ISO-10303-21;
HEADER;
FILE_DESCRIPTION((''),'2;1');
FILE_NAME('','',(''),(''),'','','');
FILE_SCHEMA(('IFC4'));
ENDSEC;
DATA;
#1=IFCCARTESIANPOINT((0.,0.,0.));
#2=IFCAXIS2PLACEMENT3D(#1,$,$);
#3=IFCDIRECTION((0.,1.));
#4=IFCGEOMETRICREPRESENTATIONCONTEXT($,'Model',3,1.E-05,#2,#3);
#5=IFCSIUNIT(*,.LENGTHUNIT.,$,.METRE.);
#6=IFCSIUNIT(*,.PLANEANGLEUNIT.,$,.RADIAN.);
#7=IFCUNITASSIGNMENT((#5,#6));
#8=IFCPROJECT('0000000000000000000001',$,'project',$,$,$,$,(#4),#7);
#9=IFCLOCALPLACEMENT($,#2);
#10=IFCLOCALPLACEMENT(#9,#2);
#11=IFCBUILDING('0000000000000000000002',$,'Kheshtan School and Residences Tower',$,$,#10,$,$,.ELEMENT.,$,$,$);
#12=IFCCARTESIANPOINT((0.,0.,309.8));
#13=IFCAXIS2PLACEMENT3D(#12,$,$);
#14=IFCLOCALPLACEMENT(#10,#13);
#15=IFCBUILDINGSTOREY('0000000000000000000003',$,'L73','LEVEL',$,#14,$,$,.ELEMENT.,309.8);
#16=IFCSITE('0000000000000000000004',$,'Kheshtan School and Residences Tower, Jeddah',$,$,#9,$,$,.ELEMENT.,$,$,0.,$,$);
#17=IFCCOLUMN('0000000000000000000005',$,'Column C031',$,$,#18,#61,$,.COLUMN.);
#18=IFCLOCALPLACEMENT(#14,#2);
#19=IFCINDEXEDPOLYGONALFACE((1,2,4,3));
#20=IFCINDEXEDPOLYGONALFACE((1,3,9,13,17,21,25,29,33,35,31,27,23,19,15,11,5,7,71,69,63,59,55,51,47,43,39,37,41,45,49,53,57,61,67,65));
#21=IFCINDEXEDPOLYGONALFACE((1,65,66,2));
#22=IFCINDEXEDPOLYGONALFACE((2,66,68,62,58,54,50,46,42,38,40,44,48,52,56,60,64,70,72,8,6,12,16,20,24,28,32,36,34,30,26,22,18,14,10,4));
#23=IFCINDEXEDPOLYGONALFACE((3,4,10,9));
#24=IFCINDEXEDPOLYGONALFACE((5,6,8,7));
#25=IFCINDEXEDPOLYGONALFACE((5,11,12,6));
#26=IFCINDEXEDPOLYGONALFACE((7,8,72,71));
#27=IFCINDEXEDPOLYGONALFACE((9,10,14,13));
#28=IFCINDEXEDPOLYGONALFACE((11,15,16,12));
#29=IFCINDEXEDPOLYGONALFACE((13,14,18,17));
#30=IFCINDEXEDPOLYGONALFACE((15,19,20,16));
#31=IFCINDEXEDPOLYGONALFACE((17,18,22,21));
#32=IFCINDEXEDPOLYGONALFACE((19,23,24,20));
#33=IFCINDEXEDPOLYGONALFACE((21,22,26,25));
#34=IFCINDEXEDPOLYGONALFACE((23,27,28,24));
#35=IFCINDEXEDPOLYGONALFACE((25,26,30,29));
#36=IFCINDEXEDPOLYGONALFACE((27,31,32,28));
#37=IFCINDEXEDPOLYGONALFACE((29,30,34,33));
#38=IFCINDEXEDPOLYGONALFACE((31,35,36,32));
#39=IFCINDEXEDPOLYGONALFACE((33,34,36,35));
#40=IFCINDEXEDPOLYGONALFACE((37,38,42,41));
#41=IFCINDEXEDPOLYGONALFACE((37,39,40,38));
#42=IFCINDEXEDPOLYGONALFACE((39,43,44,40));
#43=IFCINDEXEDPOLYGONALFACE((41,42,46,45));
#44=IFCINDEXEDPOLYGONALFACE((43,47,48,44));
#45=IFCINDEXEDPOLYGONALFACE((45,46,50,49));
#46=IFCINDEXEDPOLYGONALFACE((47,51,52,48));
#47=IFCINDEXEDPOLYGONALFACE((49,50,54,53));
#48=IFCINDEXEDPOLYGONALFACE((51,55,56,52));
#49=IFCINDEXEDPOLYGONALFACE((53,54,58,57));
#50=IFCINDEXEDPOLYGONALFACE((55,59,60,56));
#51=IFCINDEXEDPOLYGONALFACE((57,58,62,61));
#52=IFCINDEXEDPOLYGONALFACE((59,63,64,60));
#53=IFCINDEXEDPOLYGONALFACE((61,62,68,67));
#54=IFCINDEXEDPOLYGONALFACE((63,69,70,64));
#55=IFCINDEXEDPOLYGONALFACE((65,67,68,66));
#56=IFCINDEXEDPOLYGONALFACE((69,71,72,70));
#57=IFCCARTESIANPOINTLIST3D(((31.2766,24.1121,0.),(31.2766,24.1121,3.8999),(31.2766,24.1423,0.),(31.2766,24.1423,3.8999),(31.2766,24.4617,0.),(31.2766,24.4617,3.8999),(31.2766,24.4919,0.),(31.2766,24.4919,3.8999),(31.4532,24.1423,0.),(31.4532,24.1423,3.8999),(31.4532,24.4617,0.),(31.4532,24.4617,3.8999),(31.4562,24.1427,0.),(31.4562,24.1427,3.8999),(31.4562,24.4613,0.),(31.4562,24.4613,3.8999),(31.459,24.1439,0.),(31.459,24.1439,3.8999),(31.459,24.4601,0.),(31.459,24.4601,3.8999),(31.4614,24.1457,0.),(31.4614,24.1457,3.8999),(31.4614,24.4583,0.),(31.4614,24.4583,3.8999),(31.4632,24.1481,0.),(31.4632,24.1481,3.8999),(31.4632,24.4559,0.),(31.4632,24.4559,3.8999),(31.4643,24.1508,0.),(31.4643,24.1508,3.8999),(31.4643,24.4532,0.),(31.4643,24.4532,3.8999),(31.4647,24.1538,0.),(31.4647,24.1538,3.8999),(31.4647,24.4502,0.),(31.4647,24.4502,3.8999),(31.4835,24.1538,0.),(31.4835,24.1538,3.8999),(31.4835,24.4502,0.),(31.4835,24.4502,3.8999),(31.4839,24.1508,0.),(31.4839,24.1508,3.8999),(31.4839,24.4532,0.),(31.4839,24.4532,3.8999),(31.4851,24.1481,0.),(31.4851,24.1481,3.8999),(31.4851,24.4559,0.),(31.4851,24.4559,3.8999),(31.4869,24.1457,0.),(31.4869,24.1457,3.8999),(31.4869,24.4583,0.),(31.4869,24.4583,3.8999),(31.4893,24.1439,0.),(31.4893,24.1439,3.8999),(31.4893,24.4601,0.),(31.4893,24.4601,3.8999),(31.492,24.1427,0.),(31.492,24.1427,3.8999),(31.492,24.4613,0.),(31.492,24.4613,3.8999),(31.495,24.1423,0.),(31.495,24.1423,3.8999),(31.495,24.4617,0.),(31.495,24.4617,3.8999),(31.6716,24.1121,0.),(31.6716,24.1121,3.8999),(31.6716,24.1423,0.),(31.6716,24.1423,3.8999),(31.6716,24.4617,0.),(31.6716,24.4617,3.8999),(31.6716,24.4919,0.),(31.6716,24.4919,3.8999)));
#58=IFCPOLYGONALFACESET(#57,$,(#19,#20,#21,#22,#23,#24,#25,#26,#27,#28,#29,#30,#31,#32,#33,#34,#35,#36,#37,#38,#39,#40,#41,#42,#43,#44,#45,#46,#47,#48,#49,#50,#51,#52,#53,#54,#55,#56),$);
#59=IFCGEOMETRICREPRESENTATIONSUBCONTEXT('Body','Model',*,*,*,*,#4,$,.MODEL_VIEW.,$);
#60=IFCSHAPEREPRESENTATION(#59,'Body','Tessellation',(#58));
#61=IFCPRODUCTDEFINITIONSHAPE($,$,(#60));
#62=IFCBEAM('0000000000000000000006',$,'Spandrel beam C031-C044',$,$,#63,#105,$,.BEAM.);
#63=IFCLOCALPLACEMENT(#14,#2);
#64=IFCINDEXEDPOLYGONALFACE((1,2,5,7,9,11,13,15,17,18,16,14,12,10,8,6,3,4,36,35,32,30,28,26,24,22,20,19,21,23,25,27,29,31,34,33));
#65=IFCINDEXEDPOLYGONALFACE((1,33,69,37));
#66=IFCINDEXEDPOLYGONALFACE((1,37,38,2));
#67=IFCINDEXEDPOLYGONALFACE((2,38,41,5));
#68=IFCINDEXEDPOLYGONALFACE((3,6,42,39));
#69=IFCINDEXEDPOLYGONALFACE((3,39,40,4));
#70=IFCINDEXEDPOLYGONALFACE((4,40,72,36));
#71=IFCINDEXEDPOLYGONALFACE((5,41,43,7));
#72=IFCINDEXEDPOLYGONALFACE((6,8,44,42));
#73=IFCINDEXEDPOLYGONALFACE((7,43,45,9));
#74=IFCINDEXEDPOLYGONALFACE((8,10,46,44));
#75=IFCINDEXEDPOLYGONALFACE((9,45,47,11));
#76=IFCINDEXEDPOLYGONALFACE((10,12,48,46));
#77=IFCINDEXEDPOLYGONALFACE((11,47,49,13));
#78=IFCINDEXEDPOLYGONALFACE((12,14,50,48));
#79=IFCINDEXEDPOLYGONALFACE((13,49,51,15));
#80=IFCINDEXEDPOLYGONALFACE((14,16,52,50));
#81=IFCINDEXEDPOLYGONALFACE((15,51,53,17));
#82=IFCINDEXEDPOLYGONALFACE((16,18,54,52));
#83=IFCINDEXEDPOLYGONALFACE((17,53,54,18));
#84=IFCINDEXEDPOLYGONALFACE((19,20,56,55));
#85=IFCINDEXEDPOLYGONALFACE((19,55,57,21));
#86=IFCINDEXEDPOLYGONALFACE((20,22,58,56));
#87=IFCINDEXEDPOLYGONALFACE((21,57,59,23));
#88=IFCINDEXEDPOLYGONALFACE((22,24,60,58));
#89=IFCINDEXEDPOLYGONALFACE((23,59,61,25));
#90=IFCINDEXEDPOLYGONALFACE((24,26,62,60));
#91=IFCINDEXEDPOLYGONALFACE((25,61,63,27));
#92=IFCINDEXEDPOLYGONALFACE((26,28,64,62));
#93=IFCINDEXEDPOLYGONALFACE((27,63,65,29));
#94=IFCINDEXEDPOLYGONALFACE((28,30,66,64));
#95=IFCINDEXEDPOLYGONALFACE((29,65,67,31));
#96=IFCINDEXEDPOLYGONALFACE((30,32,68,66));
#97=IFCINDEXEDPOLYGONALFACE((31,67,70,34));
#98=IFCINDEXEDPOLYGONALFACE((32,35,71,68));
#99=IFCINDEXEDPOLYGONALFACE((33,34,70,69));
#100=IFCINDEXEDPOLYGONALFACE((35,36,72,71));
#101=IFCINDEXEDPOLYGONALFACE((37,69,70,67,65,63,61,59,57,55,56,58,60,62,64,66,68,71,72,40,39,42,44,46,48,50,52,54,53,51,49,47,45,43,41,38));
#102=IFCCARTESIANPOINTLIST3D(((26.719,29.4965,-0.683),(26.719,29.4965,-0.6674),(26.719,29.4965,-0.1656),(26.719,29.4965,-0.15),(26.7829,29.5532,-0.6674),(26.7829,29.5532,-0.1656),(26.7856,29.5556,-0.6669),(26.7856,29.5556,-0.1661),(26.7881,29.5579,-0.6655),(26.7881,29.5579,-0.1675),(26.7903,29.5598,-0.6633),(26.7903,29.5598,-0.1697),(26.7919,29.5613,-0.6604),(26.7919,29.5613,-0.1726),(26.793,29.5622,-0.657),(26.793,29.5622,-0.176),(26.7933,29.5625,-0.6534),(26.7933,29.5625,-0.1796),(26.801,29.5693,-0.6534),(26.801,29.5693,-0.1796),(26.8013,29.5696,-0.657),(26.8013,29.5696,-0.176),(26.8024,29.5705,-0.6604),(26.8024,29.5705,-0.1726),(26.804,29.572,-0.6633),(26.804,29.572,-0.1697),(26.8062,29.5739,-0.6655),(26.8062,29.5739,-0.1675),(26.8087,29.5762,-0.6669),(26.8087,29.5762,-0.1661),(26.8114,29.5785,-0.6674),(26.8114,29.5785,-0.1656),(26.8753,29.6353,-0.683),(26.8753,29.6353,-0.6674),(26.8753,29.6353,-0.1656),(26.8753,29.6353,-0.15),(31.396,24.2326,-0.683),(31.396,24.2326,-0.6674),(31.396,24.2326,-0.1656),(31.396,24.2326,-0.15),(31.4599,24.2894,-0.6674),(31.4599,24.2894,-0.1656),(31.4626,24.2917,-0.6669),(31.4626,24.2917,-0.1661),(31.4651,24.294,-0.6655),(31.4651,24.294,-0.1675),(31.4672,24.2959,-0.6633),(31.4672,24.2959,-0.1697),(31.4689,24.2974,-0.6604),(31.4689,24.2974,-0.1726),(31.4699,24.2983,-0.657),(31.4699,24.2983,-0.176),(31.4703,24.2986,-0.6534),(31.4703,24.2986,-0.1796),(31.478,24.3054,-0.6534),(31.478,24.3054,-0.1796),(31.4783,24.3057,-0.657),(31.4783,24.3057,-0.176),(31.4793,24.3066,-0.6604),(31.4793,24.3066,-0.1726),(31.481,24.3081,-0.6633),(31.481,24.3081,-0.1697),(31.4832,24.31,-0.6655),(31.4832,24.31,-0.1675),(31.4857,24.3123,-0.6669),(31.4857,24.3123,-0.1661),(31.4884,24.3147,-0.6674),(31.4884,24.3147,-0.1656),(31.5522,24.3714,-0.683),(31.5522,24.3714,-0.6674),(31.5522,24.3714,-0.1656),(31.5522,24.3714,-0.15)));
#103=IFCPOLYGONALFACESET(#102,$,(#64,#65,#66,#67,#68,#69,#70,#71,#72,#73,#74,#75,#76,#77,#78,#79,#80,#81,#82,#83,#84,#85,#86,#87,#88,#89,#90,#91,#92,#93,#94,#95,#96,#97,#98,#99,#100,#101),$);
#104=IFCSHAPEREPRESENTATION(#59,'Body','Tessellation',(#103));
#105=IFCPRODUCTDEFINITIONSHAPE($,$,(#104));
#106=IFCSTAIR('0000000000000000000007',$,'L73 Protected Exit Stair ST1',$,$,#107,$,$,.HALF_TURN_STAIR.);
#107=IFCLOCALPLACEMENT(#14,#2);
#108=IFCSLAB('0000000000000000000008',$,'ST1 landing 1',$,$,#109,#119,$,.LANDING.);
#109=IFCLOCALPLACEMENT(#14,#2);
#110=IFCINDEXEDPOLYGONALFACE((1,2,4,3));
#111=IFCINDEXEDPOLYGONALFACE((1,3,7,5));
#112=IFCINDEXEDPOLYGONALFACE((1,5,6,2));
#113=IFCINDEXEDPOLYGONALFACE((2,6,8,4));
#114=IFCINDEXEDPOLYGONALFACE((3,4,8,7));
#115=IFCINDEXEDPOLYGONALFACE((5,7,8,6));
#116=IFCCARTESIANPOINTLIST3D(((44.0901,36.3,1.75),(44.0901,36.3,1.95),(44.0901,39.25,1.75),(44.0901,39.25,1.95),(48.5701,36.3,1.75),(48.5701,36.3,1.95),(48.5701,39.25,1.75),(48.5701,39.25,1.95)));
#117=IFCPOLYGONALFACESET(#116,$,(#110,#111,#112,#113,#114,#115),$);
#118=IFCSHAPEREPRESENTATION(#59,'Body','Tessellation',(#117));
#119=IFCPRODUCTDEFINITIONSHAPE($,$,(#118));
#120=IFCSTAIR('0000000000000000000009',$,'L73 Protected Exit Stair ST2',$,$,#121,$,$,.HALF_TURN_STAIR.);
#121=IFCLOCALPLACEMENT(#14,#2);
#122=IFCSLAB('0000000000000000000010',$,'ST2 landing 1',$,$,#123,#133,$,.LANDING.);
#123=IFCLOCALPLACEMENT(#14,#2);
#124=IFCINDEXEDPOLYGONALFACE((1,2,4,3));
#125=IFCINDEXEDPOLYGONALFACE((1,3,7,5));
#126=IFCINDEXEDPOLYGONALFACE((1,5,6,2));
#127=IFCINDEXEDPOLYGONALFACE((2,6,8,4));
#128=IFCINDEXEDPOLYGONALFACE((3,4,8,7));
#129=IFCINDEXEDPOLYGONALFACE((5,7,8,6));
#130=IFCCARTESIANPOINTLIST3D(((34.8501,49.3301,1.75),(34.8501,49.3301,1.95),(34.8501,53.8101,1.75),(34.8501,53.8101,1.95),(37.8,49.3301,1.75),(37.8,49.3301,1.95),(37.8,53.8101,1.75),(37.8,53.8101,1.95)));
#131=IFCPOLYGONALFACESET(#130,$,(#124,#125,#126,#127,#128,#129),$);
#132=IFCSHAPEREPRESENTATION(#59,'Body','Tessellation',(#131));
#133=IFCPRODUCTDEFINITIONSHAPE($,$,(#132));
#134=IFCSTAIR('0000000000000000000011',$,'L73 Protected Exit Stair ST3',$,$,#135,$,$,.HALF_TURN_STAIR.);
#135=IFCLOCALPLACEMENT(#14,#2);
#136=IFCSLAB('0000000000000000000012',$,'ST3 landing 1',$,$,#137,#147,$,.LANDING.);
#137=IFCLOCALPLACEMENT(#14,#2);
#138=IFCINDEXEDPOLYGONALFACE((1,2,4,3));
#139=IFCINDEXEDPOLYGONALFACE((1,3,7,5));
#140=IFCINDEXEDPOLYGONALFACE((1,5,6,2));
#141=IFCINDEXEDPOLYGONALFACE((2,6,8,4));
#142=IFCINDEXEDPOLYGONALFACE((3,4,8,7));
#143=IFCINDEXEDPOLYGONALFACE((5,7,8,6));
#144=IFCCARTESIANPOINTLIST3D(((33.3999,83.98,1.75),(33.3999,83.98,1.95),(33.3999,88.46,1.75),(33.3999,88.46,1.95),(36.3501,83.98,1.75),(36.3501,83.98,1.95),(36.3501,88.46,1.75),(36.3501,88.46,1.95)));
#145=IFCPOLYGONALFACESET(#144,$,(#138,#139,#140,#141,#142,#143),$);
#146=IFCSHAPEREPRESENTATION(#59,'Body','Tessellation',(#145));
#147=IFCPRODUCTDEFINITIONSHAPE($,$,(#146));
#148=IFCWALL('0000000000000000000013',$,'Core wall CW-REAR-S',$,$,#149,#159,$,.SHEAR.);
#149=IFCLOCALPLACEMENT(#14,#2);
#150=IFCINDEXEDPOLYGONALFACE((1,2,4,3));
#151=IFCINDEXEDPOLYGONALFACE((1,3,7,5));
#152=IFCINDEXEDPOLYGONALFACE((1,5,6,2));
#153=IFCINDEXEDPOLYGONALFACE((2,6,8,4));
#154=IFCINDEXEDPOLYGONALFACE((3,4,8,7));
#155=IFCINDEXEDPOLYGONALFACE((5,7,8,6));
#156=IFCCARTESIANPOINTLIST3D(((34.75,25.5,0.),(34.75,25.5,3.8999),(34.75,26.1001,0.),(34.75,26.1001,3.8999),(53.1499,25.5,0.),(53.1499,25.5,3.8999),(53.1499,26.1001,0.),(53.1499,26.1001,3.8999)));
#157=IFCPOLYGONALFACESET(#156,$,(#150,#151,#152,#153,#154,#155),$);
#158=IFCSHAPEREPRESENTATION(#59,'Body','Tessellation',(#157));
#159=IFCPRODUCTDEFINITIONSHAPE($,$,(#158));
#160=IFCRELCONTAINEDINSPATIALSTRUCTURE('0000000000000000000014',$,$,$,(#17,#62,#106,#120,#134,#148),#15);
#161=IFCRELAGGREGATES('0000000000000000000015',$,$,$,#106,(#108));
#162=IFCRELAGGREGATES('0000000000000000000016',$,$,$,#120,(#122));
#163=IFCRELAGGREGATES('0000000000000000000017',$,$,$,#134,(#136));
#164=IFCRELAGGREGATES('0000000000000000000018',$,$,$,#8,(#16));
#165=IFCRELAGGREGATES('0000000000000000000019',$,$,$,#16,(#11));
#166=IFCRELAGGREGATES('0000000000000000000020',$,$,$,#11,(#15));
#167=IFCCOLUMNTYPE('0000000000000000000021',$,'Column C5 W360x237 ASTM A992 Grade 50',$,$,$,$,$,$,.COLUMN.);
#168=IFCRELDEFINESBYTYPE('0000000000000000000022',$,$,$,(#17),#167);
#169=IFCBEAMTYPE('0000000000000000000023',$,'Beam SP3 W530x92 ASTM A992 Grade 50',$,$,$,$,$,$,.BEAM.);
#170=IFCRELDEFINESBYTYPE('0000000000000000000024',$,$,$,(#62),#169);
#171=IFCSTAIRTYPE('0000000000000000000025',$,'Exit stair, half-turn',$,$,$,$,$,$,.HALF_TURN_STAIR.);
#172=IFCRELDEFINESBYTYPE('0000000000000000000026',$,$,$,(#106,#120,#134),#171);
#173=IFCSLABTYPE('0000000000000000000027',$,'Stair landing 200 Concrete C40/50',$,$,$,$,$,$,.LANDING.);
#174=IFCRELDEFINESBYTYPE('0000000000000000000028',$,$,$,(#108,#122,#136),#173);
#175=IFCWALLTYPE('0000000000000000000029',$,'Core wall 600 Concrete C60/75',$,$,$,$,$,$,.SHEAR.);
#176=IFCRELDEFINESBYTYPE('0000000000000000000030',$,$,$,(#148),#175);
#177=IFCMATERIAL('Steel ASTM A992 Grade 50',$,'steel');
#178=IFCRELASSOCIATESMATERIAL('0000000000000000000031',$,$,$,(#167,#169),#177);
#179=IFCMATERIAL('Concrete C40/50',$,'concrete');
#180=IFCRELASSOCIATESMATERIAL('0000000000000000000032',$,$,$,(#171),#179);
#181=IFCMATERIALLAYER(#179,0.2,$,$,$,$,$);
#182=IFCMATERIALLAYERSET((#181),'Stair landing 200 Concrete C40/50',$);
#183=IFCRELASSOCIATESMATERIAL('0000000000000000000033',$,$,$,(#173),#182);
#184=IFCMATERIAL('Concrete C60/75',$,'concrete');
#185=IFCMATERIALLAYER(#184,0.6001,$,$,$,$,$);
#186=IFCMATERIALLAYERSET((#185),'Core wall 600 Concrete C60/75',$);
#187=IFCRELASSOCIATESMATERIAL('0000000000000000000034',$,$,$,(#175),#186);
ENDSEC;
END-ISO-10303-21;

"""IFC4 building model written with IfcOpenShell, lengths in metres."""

from ifc_helpers import new_model, si_unit, direction, frame, frame_2d, origin, origin_2d, place, context, subcontext, project, spatial, polyline, rectangle, i_section, outline, extrude, material, layer, layer_set, material_profile, profile_set, type_object, element, aggregate, save


model = new_model("IFC4")

# Units and contexts
model_context = context("Model", 3, precision=1e-05, world=origin(), true_north=direction((0.0, 1.0)))
body_context = subcontext(model_context, "Body", "Model", "MODEL_VIEW")
ifc_project = project(units=[si_unit("LENGTHUNIT", "METRE"), si_unit("PLANEANGLEUNIT", "RADIAN")], contexts=[model_context])

# Site, building, storey
site_placement = place(None, origin())
site = spatial("IfcSite", under=ifc_project, at=site_placement, Name="Kheshtan School and Residences Tower, Jeddah", CompositionType="ELEMENT", RefElevation=0.0)
building_placement = place(site_placement, origin())
building = spatial("IfcBuilding", under=site, at=building_placement, Name="Kheshtan School and Residences Tower", CompositionType="ELEMENT")
storey_placement = place(building_placement, frame((0.0, 0.0, 309.8)))
storey = spatial("IfcBuildingStorey", under=building, at=storey_placement, Name="L73", Description="LEVEL", CompositionType="ELEMENT", Elevation=309.8)

# Column
ifc_material_1 = material(Name="Steel ASTM A992 Grade 50", Category="steel")
ifc_material_profile_1 = material_profile(ifc_material_1, i_section(OverallWidth=0.395, OverallDepth=0.3799, WebThickness=0.0188, FlangeThickness=0.0303, FilletRadius=0.0115, at=origin_2d()), Name="W360x237")
ifc_profile_set_1 = profile_set([ifc_material_profile_1], Name="Steel ASTM A992 Grade 50")
column_type = type_object("IfcColumnType", Name="Column C5 W360x237 ASTM A992 Grade 50", PredefinedType="COLUMN", material=ifc_profile_set_1)
column_placement = place(storey_placement, frame((31.4741, 24.302, 0.0), z_axis=(0.0, 0.0, 1.0), x_axis=(1.0, 0.0, 0.0)))
element("IfcColumn", 1, at=column_placement, inside=storey, type_object=column_type, Name="Column C031", PredefinedType="COLUMN", context=body_context, shape_type="SweptSolid", body=[
    extrude(i_section(OverallWidth=0.395, OverallDepth=0.3799, WebThickness=0.0188, FlangeThickness=0.0303, FilletRadius=0.0115, at=origin_2d()), origin(), (0.0, 0.0, 1.0), 3.8999),
])

# Beam
ifc_material_profile_2 = material_profile(ifc_material_1, i_section(OverallWidth=0.209, OverallDepth=0.533, WebThickness=0.0103, FlangeThickness=0.0156, FilletRadius=0.0139, at=origin_2d()), Name="W530x92")
ifc_profile_set_2 = profile_set([ifc_material_profile_2], Name="Steel ASTM A992 Grade 50")
beam_type = type_object("IfcBeamType", Name="Beam SP3 W530x92 ASTM A992 Grade 50", PredefinedType="BEAM", material=ifc_profile_set_2)
beam_placement = place(storey_placement, frame((31.4741, 24.302, -0.4165), z_axis=(-0.664202, 0.747553, 0.0), x_axis=(-0.747553, -0.664202, 0.0)))
element("IfcBeam", 2, at=beam_placement, inside=storey, type_object=beam_type, Name="Spandrel beam C031-C044", PredefinedType="BEAM", context=body_context, shape_type="SweptSolid", body=[
    extrude(i_section(OverallWidth=0.209, OverallDepth=0.533, WebThickness=0.0103, FlangeThickness=0.0156, FilletRadius=0.0139, at=origin_2d()), origin(), (0.0, 0.0, 1.0), 7.0415),
])

# Shared definitions
ifc_material_2 = material(Name="Concrete C40/50", Category="concrete")

# Stairs, slabs
stair_type = type_object("IfcStairType", Name="Exit stair, half-turn", PredefinedType="HALF_TURN_STAIR", material=ifc_material_2)
stair_1_placement = place(storey_placement, origin())
stair_1 = element("IfcStair", 3, at=stair_1_placement, inside=storey, type_object=stair_type, Name="L73 Protected Exit Stair ST1", PredefinedType="HALF_TURN_STAIR")
ifc_layer_1 = layer(ifc_material_2, 0.2)
ifc_layer_set_1 = layer_set([ifc_layer_1], Name="Stair landing 200 Concrete C40/50")
slab_type_1 = type_object("IfcSlabType", Name="Stair landing 200 Concrete C40/50", PredefinedType="LANDING", material=ifc_layer_set_1)
slab_1_placement = place(storey_placement, frame((0.0, 0.0, 1.75)))
slab_1 = element("IfcSlab", 4, at=slab_1_placement, type_object=slab_type_1, Name="ST1 landing 1", PredefinedType="LANDING", context=body_context, shape_type="SweptSolid", body=[
    extrude(outline(polyline([(48.5701, 39.25), (44.0901, 39.25), (44.0901, 36.3), (48.5701, 36.3), (48.5701, 39.25)])), origin(), (0.0, 0.0, 1.0), 0.2),
])
aggregate(stair_1, [slab_1])
stair_2_placement = place(storey_placement, origin())
stair_2 = element("IfcStair", 5, at=stair_2_placement, inside=storey, type_object=stair_type, Name="L73 Protected Exit Stair ST2", PredefinedType="HALF_TURN_STAIR")
slab_2_placement = place(storey_placement, frame((0.0, 0.0, 1.75)))
slab_2 = element("IfcSlab", 6, at=slab_2_placement, type_object=slab_type_1, Name="ST2 landing 1", PredefinedType="LANDING", context=body_context, shape_type="SweptSolid", body=[
    extrude(outline(polyline([(37.8, 49.3301), (37.8, 53.8101), (34.8501, 53.8101), (34.8501, 49.3301), (37.8, 49.3301)])), origin(), (0.0, 0.0, 1.0), 0.2),
])
aggregate(stair_2, [slab_2])
stair_3_placement = place(storey_placement, origin())
stair_3 = element("IfcStair", 7, at=stair_3_placement, inside=storey, type_object=stair_type, Name="L73 Protected Exit Stair ST3", PredefinedType="HALF_TURN_STAIR")
slab_3_placement = place(storey_placement, frame((0.0, 0.0, 1.75)))
slab_3 = element("IfcSlab", 8, at=slab_3_placement, type_object=slab_type_1, Name="ST3 landing 1", PredefinedType="LANDING", context=body_context, shape_type="SweptSolid", body=[
    extrude(outline(polyline([(36.3501, 83.98), (36.3501, 88.46), (33.3999, 88.46), (33.3999, 83.98), (36.3501, 83.98)])), origin(), (0.0, 0.0, 1.0), 0.2),
])
aggregate(stair_3, [slab_3])

# Wall
ifc_material_3 = material(Name="Concrete C60/75", Category="concrete")
ifc_layer_2 = layer(ifc_material_3, 0.6001)
ifc_layer_set_2 = layer_set([ifc_layer_2], Name="Core wall 600 Concrete C60/75")
wall_type_1 = type_object("IfcWallType", Name="Core wall 600 Concrete C60/75", PredefinedType="SHEAR", material=ifc_layer_set_2)
wall_1_placement = place(storey_placement, frame((34.75, 25.8, 0.0), z_axis=(0.0, 0.0, 1.0), x_axis=(1.0, 0.0, 0.0)))
element("IfcWall", 9, at=wall_1_placement, inside=storey, type_object=wall_type_1, Name="Core wall CW-REAR-S", PredefinedType="SHEAR", context=body_context, shape_type="SweptSolid", body=[
    extrude(rectangle(XDim=18.3999, YDim=0.6001, at=frame_2d((9.2, 0.0))), origin(), (0.0, 0.0, 1.0), 3.8999),
])

save(model, "model.ifc")
